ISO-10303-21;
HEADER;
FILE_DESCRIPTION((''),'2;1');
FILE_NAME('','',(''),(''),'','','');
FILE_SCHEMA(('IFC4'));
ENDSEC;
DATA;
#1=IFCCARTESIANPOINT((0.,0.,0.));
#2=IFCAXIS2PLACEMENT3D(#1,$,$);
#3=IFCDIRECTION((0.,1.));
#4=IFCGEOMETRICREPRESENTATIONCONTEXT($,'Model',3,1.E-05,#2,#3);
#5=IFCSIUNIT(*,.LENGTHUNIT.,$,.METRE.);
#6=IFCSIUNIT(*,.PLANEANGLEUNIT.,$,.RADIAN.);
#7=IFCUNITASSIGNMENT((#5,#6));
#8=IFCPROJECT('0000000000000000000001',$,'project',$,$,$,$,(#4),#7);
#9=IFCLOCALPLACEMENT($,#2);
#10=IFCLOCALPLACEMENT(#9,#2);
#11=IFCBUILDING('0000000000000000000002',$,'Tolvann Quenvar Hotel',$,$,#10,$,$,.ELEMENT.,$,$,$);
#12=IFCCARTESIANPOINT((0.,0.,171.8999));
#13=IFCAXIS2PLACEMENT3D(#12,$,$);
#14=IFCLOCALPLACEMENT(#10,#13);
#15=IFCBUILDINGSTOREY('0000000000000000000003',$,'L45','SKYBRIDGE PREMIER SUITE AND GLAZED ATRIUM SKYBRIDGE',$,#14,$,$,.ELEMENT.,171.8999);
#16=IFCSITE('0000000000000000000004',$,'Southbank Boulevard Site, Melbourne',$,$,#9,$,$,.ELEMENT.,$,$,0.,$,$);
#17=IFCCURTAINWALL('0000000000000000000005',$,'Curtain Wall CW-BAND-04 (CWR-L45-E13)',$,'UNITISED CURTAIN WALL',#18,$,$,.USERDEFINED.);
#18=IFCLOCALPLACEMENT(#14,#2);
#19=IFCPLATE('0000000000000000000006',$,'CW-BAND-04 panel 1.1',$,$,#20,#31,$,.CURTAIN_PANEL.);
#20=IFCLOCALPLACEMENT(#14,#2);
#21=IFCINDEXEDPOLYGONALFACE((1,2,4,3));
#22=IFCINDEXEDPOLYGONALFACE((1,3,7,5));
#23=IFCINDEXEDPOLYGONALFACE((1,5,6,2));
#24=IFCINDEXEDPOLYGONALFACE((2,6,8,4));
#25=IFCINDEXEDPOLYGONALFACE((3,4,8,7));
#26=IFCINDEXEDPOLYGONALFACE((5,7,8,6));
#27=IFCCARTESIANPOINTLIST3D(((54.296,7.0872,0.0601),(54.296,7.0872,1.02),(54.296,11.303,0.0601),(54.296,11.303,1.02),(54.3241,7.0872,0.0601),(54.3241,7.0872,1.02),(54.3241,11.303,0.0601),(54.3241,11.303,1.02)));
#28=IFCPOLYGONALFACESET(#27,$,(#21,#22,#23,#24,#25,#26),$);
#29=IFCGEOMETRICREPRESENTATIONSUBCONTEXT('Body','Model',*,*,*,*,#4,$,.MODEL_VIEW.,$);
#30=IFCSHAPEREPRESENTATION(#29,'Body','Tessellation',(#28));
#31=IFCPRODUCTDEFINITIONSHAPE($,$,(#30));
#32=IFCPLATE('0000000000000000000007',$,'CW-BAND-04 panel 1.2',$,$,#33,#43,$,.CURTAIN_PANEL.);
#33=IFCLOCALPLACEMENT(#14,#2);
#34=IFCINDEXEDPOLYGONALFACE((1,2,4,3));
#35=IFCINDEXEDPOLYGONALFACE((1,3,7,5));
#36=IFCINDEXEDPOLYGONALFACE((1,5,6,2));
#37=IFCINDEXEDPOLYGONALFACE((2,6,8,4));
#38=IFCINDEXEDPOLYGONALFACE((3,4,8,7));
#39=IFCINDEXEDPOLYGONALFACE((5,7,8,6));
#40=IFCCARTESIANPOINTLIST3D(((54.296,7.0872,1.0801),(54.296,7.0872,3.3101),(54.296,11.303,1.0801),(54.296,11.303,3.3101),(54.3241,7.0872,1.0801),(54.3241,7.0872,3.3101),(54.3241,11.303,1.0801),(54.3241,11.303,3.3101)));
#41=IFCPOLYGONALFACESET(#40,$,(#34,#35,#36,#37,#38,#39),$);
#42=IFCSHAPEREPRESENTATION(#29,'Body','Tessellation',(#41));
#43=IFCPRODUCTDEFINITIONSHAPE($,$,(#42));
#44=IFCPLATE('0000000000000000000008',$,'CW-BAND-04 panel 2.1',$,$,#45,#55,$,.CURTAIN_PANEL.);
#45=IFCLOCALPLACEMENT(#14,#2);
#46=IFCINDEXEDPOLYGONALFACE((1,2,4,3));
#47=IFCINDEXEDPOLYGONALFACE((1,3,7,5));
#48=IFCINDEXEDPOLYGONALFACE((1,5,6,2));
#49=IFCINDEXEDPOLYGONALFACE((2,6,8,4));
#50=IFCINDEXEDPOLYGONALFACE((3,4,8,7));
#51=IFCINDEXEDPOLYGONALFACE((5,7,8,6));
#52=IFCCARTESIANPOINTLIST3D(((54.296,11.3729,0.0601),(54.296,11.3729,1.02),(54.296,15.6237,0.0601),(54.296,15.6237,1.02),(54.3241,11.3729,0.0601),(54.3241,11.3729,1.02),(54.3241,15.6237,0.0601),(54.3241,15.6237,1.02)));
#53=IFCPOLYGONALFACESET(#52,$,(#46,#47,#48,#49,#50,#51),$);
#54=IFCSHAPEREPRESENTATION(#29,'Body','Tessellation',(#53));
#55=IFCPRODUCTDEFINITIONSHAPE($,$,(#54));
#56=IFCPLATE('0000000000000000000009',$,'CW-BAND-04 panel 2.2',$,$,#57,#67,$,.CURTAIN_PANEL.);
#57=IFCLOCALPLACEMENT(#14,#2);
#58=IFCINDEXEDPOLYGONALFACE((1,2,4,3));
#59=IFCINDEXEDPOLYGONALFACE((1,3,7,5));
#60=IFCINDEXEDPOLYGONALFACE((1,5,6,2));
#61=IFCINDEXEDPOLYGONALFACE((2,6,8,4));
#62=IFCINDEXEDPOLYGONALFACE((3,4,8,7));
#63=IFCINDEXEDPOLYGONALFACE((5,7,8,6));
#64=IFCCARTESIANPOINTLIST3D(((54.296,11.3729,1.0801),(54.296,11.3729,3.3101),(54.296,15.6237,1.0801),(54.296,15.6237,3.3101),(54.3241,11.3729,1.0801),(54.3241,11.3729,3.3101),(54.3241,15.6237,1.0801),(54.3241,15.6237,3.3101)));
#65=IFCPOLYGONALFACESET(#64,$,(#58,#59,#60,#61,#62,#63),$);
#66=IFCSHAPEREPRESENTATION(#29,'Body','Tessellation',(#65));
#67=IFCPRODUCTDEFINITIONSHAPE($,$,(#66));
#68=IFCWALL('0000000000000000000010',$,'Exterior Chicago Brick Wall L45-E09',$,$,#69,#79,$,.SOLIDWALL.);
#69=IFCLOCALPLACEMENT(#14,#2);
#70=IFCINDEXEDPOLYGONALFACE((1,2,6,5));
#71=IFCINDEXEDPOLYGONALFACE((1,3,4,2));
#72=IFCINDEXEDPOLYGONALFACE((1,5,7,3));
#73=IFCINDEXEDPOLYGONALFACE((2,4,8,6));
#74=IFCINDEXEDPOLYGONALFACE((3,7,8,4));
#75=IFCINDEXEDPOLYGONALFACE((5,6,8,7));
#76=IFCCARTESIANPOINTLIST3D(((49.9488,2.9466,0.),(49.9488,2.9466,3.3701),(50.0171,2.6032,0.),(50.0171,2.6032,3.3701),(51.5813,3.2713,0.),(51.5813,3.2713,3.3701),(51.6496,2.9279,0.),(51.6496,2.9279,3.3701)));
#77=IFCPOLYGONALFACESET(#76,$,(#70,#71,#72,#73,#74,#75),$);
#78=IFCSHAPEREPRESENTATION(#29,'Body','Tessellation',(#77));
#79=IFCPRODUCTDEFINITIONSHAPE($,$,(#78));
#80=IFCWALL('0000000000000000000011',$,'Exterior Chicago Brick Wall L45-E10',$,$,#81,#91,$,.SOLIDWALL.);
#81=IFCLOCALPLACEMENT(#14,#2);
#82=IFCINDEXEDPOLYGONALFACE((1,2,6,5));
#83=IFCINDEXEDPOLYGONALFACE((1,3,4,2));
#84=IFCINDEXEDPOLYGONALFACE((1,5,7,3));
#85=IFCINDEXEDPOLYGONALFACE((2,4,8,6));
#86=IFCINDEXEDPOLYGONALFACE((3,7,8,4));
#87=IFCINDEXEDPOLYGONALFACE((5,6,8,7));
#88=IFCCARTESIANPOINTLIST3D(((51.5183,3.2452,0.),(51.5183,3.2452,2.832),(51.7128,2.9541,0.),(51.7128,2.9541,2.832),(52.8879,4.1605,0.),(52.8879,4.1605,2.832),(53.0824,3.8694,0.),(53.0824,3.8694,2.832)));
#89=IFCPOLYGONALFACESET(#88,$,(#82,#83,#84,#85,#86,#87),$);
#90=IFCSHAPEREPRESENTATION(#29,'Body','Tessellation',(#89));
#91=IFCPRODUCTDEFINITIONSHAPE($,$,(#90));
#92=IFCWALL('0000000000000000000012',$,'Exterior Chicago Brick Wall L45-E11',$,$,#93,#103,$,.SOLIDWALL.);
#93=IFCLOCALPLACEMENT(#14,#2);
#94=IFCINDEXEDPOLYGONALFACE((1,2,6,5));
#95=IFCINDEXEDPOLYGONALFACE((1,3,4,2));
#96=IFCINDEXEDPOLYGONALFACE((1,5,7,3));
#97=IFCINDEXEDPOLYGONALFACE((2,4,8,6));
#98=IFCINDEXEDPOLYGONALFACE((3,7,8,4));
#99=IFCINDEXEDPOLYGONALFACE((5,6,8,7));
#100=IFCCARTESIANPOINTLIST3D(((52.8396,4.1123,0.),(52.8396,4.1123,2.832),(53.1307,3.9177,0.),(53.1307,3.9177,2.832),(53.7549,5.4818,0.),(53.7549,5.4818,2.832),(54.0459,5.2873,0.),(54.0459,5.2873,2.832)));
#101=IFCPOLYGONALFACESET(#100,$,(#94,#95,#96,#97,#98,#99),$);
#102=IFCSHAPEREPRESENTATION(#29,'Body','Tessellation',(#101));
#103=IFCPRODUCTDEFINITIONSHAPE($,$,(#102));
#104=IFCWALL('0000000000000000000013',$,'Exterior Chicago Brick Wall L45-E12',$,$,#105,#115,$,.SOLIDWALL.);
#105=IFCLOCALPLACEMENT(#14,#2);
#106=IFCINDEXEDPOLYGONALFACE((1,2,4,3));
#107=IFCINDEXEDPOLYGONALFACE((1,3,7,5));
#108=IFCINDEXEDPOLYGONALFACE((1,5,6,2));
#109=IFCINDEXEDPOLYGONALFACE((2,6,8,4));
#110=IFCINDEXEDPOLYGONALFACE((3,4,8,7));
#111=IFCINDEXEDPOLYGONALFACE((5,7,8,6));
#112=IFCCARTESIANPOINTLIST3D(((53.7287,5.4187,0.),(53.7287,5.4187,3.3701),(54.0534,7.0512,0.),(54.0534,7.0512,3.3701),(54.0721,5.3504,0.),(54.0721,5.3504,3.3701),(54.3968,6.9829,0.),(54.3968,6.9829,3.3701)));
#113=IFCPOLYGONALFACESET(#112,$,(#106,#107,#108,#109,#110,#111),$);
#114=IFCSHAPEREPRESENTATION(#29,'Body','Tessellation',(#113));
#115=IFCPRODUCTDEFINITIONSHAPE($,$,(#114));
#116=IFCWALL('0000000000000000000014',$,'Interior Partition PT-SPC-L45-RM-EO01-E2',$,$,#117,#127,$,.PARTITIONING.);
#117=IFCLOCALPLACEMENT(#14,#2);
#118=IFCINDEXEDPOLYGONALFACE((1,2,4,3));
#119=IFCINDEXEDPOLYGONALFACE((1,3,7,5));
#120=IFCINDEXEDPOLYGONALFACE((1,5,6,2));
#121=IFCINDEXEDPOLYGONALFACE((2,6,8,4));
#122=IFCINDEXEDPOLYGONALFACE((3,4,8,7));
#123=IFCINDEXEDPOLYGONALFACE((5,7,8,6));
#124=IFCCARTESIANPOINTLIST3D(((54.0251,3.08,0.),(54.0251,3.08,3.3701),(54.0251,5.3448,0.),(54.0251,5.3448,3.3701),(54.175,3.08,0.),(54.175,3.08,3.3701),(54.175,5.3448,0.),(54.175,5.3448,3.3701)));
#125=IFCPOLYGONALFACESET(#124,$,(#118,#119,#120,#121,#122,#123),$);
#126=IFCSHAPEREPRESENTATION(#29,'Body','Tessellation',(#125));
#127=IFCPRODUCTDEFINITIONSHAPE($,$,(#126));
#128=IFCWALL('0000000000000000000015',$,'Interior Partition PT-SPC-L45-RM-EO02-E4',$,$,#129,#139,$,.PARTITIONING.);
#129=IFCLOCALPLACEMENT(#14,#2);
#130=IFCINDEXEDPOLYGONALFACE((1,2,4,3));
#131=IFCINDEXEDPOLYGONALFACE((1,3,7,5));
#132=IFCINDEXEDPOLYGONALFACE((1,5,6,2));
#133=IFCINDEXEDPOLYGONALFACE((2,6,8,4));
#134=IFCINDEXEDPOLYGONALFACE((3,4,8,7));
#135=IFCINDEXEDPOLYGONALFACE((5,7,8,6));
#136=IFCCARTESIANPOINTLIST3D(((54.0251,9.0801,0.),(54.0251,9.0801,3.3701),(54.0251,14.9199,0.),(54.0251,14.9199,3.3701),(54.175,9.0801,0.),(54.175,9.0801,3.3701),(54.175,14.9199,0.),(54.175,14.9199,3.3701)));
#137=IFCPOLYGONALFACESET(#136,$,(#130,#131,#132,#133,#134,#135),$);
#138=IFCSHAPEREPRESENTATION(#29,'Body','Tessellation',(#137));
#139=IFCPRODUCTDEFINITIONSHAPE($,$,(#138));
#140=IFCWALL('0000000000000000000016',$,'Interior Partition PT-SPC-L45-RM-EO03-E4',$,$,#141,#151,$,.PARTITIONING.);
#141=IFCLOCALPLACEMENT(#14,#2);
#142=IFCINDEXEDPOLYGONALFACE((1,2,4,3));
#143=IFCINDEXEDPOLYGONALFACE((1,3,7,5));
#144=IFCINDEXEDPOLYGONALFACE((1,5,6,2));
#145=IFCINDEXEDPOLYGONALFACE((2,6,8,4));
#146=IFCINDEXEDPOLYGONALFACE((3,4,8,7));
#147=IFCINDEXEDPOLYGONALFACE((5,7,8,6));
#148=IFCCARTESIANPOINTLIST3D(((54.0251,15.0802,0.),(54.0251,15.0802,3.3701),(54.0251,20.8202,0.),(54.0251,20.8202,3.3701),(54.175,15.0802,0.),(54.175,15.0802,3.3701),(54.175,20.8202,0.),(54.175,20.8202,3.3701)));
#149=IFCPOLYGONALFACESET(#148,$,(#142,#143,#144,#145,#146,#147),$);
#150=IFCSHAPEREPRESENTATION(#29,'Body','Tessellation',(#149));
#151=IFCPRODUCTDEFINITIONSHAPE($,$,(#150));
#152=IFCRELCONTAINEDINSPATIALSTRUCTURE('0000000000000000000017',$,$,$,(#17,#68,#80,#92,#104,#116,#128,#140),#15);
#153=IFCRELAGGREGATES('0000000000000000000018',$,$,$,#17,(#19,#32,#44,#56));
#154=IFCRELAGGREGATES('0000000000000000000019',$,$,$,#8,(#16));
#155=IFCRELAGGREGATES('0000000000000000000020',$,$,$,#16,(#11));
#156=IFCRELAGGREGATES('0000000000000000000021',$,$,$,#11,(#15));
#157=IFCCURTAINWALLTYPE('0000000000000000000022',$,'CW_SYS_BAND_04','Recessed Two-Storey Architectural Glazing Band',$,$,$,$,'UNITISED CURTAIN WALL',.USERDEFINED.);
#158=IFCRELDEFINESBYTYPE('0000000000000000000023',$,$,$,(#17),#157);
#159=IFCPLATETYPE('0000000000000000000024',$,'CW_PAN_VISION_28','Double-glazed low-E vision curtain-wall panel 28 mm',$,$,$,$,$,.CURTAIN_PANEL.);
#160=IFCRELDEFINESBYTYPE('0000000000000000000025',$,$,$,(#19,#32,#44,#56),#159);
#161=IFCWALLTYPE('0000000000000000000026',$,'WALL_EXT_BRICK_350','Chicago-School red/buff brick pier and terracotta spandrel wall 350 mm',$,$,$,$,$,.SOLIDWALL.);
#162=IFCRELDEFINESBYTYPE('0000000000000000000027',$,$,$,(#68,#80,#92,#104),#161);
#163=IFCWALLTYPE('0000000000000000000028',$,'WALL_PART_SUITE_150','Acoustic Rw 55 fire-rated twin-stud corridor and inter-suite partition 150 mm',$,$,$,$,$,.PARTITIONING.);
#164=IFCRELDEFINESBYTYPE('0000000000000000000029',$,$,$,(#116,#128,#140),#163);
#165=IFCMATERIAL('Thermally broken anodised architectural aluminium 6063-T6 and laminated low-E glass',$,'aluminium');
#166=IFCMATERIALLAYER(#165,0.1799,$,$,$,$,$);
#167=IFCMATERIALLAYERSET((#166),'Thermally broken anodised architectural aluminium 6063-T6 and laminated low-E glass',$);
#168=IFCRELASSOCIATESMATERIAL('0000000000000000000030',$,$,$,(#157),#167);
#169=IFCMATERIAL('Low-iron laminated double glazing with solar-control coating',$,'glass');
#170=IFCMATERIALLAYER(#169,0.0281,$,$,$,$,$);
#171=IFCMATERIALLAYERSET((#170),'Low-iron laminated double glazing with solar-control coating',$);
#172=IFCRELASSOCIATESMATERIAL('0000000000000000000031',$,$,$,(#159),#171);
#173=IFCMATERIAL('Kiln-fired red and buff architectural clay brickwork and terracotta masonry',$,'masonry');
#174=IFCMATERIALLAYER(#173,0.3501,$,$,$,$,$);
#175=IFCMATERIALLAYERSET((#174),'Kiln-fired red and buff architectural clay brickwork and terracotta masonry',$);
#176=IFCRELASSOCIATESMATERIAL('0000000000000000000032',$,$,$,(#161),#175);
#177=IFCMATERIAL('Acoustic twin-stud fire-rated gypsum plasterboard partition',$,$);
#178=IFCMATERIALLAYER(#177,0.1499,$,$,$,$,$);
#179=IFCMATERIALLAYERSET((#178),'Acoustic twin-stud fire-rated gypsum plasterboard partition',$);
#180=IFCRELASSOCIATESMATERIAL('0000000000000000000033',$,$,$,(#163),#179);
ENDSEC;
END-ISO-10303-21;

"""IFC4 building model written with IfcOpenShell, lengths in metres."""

from ifc_helpers import new_model, si_unit, direction, frame, frame_2d, origin, origin_2d, place, context, subcontext, project, spatial, rectangle, extrude, source, transform, mapped, material, layer, layer_set, type_object, type_shapes, element, aggregate, save


model = new_model("IFC4")

# Units and contexts
model_context = context("Model", 3, precision=1e-05, world=origin(), true_north=direction((0.0, 1.0)))
body_context = subcontext(model_context, "Body", "Model", "MODEL_VIEW")
ifc_project = project(units=[si_unit("LENGTHUNIT", "METRE"), si_unit("PLANEANGLEUNIT", "RADIAN")], contexts=[model_context])

# Site, building, storey
site_placement = place(None, origin())
site = spatial("IfcSite", under=ifc_project, at=site_placement, Name="Southbank Boulevard Site, Melbourne", CompositionType="ELEMENT", RefElevation=0.0)
building_placement = place(site_placement, origin())
building = spatial("IfcBuilding", under=site, at=building_placement, Name="Tolvann Quenvar Hotel", CompositionType="ELEMENT")
storey_placement = place(building_placement, frame((0.0, 0.0, 171.8999)))
storey = spatial("IfcBuildingStorey", under=building, at=storey_placement, Name="L45", Description="SKYBRIDGE PREMIER SUITE AND GLAZED ATRIUM SKYBRIDGE", CompositionType="ELEMENT", Elevation=171.8999)

# Curtain wall, plates
ifc_material_1 = material(Name="Thermally broken anodised architectural aluminium 6063-T6 and laminated low-E glass", Category="aluminium")
ifc_layer_1 = layer(ifc_material_1, 0.1799)
ifc_layer_set_1 = layer_set([ifc_layer_1], Name="Thermally broken anodised architectural aluminium 6063-T6 and laminated low-E glass")
curtain_wall_type = type_object("IfcCurtainWallType", Name="CW_SYS_BAND_04", Description="Recessed Two-Storey Architectural Glazing Band", ElementType="UNITISED CURTAIN WALL", PredefinedType="USERDEFINED", material=ifc_layer_set_1)
curtain_wall_placement = place(storey_placement, origin())
curtain_wall = element("IfcCurtainWall", 1, at=curtain_wall_placement, inside=storey, type_object=curtain_wall_type, Name="Curtain Wall CW-BAND-04 (CWR-L45-E13)", ObjectType="UNITISED CURTAIN WALL", PredefinedType="USERDEFINED")
ifc_material_2 = material(Name="Low-iron laminated double glazing with solar-control coating", Category="glass")
ifc_layer_2 = layer(ifc_material_2, 0.0281)
ifc_layer_set_2 = layer_set([ifc_layer_2], Name="Low-iron laminated double glazing with solar-control coating")
plate_type = type_object("IfcPlateType", Name="CW_PAN_VISION_28", Description="Double-glazed low-E vision curtain-wall panel 28 mm", PredefinedType="CURTAIN_PANEL", material=ifc_layer_set_2)
shared_shape_1 = source(origin(), body_context, "Body", "SweptSolid", [
    extrude(rectangle(XDim=4.2158, YDim=0.0281, at=origin_2d()), origin(), (0.0, 0.0, 1.0), 0.96),
])
plate_1_placement = place(storey_placement, frame((54.3101, 9.1951, 0.0601), z_axis=(0.0, 0.0, 1.0), x_axis=(0.0, 1.0, 0.0)))
plate_1 = element("IfcPlate", 2, at=plate_1_placement, type_object=plate_type, Name="CW-BAND-04 panel 1.1", PredefinedType="CURTAIN_PANEL", context=body_context, shape_type="MappedRepresentation", body=[
    mapped(shared_shape_1, transform((0.0, 0.0, 0.0), x_axis=(1.0, 0.0, 0.0), y_axis=(0.0, 1.0, 0.0), z_axis=(0.0, 0.0, 1.0), scale=1.0)),
])
shared_shape_2 = source(origin(), body_context, "Body", "SweptSolid", [
    extrude(rectangle(XDim=4.2158, YDim=0.0281, at=origin_2d()), origin(), (0.0, 0.0, 1.0), 2.23),
])
plate_2_placement = place(storey_placement, frame((54.3101, 9.1951, 1.0801), z_axis=(0.0, 0.0, 1.0), x_axis=(0.0, 1.0, 0.0)))
plate_2 = element("IfcPlate", 3, at=plate_2_placement, type_object=plate_type, Name="CW-BAND-04 panel 1.2", PredefinedType="CURTAIN_PANEL", context=body_context, shape_type="MappedRepresentation", body=[
    mapped(shared_shape_2, transform((0.0, 0.0, 0.0), x_axis=(1.0, 0.0, 0.0), y_axis=(0.0, 1.0, 0.0), z_axis=(0.0, 0.0, 1.0), scale=1.0)),
])
shared_shape_3 = source(origin(), body_context, "Body", "SweptSolid", [
    extrude(rectangle(XDim=4.2507, YDim=0.0281, at=origin_2d()), origin(), (0.0, 0.0, 1.0), 0.96),
])
plate_3_placement = place(storey_placement, frame((54.3101, 13.4983, 0.0601), z_axis=(0.0, 0.0, 1.0), x_axis=(0.0, 1.0, 0.0)))
plate_3 = element("IfcPlate", 4, at=plate_3_placement, type_object=plate_type, Name="CW-BAND-04 panel 2.1", PredefinedType="CURTAIN_PANEL", context=body_context, shape_type="MappedRepresentation", body=[
    mapped(shared_shape_3, transform((0.0, 0.0, 0.0), x_axis=(1.0, 0.0, 0.0), y_axis=(0.0, 1.0, 0.0), z_axis=(0.0, 0.0, 1.0), scale=1.0)),
])
shared_shape_4 = source(origin(), body_context, "Body", "SweptSolid", [
    extrude(rectangle(XDim=4.2507, YDim=0.0281, at=origin_2d()), origin(), (0.0, 0.0, 1.0), 2.23),
])
type_shapes(plate_type, [shared_shape_1, shared_shape_2, shared_shape_3, shared_shape_4])
plate_4_placement = place(storey_placement, frame((54.3101, 13.4983, 1.0801), z_axis=(0.0, 0.0, 1.0), x_axis=(0.0, 1.0, 0.0)))
plate_4 = element("IfcPlate", 5, at=plate_4_placement, type_object=plate_type, Name="CW-BAND-04 panel 2.2", PredefinedType="CURTAIN_PANEL", context=body_context, shape_type="MappedRepresentation", body=[
    mapped(shared_shape_4, transform((0.0, 0.0, 0.0), x_axis=(1.0, 0.0, 0.0), y_axis=(0.0, 1.0, 0.0), z_axis=(0.0, 0.0, 1.0), scale=1.0)),
])
aggregate(curtain_wall, [plate_1, plate_2, plate_3, plate_4])

# Walls
ifc_material_3 = material(Name="Kiln-fired red and buff architectural clay brickwork and terracotta masonry", Category="masonry")
ifc_layer_3 = layer(ifc_material_3, 0.3501)
ifc_layer_set_3 = layer_set([ifc_layer_3], Name="Kiln-fired red and buff architectural clay brickwork and terracotta masonry")
wall_type_1 = type_object("IfcWallType", Name="WALL_EXT_BRICK_350", Description="Chicago-School red/buff brick pier and terracotta spandrel wall 350 mm", PredefinedType="SOLIDWALL", material=ifc_layer_set_3)
wall_1_placement = place(storey_placement, frame((49.9829, 2.7749, 0.0), z_axis=(0.0, 0.0, 1.0), x_axis=(0.980789, 0.195072, 0.0)))
element("IfcWall", 6, at=wall_1_placement, inside=storey, type_object=wall_type_1, Name="Exterior Chicago Brick Wall L45-E09", PredefinedType="SOLIDWALL", context=body_context, shape_type="SweptSolid", body=[
    extrude(rectangle(XDim=1.6646, YDim=0.3501, at=frame_2d((0.8323, 0.0))), origin(), (0.0, 0.0, 1.0), 3.3701),
])
for number, where, z_axis, x_axis, name in (
    (7, (51.6155, 3.0996, 0.0), (0.0, 0.0, 1.0), (0.831434, 0.555623, 0.0), "Exterior Chicago Brick Wall L45-E10"),
    (8, (52.9851, 4.0149, 0.0), (0.0, 0.0, 1.0), (0.555623, 0.831434, 0.0), "Exterior Chicago Brick Wall L45-E11"),
):
    element("IfcWall", number, at=place(storey_placement, frame(where, z_axis=z_axis, x_axis=x_axis)), inside=storey, type_object=wall_type_1, Name=name, PredefinedType="SOLIDWALL", context=body_context, shape_type="SweptSolid", body=[
        extrude(rectangle(XDim=1.6472, YDim=0.3501, at=frame_2d((0.8237, 0.0))), origin(), (0.0, 0.0, 1.0), 2.832),
    ])
wall_2_placement = place(storey_placement, frame((53.9004, 5.3845, 0.0), z_axis=(0.0, 0.0, 1.0), x_axis=(0.195072, 0.980789, 0.0)))
element("IfcWall", 9, at=wall_2_placement, inside=storey, type_object=wall_type_1, Name="Exterior Chicago Brick Wall L45-E12", PredefinedType="SOLIDWALL", context=body_context, shape_type="SweptSolid", body=[
    extrude(rectangle(XDim=1.6646, YDim=0.3501, at=frame_2d((0.8323, 0.0))), origin(), (0.0, 0.0, 1.0), 3.3701),
])
ifc_material_4 = material(Name="Acoustic twin-stud fire-rated gypsum plasterboard partition")
ifc_layer_4 = layer(ifc_material_4, 0.1499)
ifc_layer_set_4 = layer_set([ifc_layer_4], Name="Acoustic twin-stud fire-rated gypsum plasterboard partition")
wall_type_2 = type_object("IfcWallType", Name="WALL_PART_SUITE_150", Description="Acoustic Rw 55 fire-rated twin-stud corridor and inter-suite partition 150 mm", PredefinedType="PARTITIONING", material=ifc_layer_set_4)
wall_3_placement = place(storey_placement, frame((54.1001, 3.0801, 0.0), z_axis=(0.0, 0.0, 1.0), x_axis=(0.0, 1.0, 0.0)))
element("IfcWall", 10, at=wall_3_placement, inside=storey, type_object=wall_type_2, Name="Interior Partition PT-SPC-L45-RM-EO01-E2", PredefinedType="PARTITIONING", context=body_context, shape_type="SweptSolid", body=[
    extrude(rectangle(XDim=2.2649, YDim=0.1499, at=frame_2d((1.1323, 0.0))), origin(), (0.0, 0.0, 1.0), 3.3701),
])
wall_4_placement = place(storey_placement, frame((54.1001, 9.0801, 0.0), z_axis=(0.0, 0.0, 1.0), x_axis=(0.0, 1.0, 0.0)))
element("IfcWall", 11, at=wall_4_placement, inside=storey, type_object=wall_type_2, Name="Interior Partition PT-SPC-L45-RM-EO02-E4", PredefinedType="PARTITIONING", context=body_context, shape_type="SweptSolid", body=[
    extrude(rectangle(XDim=5.8398, YDim=0.1499, at=frame_2d((2.9199, 0.0))), origin(), (0.0, 0.0, 1.0), 3.3701),
])
wall_5_placement = place(storey_placement, frame((54.1001, 15.0801, 0.0), z_axis=(0.0, 0.0, 1.0), x_axis=(0.0, 1.0, 0.0)))
element("IfcWall", 12, at=wall_5_placement, inside=storey, type_object=wall_type_2, Name="Interior Partition PT-SPC-L45-RM-EO03-E4", PredefinedType="PARTITIONING", context=body_context, shape_type="SweptSolid", body=[
    extrude(rectangle(XDim=5.74, YDim=0.1499, at=frame_2d((2.8701, 0.0))), origin(), (0.0, 0.0, 1.0), 3.3701),
])

save(model, "model.ifc")
